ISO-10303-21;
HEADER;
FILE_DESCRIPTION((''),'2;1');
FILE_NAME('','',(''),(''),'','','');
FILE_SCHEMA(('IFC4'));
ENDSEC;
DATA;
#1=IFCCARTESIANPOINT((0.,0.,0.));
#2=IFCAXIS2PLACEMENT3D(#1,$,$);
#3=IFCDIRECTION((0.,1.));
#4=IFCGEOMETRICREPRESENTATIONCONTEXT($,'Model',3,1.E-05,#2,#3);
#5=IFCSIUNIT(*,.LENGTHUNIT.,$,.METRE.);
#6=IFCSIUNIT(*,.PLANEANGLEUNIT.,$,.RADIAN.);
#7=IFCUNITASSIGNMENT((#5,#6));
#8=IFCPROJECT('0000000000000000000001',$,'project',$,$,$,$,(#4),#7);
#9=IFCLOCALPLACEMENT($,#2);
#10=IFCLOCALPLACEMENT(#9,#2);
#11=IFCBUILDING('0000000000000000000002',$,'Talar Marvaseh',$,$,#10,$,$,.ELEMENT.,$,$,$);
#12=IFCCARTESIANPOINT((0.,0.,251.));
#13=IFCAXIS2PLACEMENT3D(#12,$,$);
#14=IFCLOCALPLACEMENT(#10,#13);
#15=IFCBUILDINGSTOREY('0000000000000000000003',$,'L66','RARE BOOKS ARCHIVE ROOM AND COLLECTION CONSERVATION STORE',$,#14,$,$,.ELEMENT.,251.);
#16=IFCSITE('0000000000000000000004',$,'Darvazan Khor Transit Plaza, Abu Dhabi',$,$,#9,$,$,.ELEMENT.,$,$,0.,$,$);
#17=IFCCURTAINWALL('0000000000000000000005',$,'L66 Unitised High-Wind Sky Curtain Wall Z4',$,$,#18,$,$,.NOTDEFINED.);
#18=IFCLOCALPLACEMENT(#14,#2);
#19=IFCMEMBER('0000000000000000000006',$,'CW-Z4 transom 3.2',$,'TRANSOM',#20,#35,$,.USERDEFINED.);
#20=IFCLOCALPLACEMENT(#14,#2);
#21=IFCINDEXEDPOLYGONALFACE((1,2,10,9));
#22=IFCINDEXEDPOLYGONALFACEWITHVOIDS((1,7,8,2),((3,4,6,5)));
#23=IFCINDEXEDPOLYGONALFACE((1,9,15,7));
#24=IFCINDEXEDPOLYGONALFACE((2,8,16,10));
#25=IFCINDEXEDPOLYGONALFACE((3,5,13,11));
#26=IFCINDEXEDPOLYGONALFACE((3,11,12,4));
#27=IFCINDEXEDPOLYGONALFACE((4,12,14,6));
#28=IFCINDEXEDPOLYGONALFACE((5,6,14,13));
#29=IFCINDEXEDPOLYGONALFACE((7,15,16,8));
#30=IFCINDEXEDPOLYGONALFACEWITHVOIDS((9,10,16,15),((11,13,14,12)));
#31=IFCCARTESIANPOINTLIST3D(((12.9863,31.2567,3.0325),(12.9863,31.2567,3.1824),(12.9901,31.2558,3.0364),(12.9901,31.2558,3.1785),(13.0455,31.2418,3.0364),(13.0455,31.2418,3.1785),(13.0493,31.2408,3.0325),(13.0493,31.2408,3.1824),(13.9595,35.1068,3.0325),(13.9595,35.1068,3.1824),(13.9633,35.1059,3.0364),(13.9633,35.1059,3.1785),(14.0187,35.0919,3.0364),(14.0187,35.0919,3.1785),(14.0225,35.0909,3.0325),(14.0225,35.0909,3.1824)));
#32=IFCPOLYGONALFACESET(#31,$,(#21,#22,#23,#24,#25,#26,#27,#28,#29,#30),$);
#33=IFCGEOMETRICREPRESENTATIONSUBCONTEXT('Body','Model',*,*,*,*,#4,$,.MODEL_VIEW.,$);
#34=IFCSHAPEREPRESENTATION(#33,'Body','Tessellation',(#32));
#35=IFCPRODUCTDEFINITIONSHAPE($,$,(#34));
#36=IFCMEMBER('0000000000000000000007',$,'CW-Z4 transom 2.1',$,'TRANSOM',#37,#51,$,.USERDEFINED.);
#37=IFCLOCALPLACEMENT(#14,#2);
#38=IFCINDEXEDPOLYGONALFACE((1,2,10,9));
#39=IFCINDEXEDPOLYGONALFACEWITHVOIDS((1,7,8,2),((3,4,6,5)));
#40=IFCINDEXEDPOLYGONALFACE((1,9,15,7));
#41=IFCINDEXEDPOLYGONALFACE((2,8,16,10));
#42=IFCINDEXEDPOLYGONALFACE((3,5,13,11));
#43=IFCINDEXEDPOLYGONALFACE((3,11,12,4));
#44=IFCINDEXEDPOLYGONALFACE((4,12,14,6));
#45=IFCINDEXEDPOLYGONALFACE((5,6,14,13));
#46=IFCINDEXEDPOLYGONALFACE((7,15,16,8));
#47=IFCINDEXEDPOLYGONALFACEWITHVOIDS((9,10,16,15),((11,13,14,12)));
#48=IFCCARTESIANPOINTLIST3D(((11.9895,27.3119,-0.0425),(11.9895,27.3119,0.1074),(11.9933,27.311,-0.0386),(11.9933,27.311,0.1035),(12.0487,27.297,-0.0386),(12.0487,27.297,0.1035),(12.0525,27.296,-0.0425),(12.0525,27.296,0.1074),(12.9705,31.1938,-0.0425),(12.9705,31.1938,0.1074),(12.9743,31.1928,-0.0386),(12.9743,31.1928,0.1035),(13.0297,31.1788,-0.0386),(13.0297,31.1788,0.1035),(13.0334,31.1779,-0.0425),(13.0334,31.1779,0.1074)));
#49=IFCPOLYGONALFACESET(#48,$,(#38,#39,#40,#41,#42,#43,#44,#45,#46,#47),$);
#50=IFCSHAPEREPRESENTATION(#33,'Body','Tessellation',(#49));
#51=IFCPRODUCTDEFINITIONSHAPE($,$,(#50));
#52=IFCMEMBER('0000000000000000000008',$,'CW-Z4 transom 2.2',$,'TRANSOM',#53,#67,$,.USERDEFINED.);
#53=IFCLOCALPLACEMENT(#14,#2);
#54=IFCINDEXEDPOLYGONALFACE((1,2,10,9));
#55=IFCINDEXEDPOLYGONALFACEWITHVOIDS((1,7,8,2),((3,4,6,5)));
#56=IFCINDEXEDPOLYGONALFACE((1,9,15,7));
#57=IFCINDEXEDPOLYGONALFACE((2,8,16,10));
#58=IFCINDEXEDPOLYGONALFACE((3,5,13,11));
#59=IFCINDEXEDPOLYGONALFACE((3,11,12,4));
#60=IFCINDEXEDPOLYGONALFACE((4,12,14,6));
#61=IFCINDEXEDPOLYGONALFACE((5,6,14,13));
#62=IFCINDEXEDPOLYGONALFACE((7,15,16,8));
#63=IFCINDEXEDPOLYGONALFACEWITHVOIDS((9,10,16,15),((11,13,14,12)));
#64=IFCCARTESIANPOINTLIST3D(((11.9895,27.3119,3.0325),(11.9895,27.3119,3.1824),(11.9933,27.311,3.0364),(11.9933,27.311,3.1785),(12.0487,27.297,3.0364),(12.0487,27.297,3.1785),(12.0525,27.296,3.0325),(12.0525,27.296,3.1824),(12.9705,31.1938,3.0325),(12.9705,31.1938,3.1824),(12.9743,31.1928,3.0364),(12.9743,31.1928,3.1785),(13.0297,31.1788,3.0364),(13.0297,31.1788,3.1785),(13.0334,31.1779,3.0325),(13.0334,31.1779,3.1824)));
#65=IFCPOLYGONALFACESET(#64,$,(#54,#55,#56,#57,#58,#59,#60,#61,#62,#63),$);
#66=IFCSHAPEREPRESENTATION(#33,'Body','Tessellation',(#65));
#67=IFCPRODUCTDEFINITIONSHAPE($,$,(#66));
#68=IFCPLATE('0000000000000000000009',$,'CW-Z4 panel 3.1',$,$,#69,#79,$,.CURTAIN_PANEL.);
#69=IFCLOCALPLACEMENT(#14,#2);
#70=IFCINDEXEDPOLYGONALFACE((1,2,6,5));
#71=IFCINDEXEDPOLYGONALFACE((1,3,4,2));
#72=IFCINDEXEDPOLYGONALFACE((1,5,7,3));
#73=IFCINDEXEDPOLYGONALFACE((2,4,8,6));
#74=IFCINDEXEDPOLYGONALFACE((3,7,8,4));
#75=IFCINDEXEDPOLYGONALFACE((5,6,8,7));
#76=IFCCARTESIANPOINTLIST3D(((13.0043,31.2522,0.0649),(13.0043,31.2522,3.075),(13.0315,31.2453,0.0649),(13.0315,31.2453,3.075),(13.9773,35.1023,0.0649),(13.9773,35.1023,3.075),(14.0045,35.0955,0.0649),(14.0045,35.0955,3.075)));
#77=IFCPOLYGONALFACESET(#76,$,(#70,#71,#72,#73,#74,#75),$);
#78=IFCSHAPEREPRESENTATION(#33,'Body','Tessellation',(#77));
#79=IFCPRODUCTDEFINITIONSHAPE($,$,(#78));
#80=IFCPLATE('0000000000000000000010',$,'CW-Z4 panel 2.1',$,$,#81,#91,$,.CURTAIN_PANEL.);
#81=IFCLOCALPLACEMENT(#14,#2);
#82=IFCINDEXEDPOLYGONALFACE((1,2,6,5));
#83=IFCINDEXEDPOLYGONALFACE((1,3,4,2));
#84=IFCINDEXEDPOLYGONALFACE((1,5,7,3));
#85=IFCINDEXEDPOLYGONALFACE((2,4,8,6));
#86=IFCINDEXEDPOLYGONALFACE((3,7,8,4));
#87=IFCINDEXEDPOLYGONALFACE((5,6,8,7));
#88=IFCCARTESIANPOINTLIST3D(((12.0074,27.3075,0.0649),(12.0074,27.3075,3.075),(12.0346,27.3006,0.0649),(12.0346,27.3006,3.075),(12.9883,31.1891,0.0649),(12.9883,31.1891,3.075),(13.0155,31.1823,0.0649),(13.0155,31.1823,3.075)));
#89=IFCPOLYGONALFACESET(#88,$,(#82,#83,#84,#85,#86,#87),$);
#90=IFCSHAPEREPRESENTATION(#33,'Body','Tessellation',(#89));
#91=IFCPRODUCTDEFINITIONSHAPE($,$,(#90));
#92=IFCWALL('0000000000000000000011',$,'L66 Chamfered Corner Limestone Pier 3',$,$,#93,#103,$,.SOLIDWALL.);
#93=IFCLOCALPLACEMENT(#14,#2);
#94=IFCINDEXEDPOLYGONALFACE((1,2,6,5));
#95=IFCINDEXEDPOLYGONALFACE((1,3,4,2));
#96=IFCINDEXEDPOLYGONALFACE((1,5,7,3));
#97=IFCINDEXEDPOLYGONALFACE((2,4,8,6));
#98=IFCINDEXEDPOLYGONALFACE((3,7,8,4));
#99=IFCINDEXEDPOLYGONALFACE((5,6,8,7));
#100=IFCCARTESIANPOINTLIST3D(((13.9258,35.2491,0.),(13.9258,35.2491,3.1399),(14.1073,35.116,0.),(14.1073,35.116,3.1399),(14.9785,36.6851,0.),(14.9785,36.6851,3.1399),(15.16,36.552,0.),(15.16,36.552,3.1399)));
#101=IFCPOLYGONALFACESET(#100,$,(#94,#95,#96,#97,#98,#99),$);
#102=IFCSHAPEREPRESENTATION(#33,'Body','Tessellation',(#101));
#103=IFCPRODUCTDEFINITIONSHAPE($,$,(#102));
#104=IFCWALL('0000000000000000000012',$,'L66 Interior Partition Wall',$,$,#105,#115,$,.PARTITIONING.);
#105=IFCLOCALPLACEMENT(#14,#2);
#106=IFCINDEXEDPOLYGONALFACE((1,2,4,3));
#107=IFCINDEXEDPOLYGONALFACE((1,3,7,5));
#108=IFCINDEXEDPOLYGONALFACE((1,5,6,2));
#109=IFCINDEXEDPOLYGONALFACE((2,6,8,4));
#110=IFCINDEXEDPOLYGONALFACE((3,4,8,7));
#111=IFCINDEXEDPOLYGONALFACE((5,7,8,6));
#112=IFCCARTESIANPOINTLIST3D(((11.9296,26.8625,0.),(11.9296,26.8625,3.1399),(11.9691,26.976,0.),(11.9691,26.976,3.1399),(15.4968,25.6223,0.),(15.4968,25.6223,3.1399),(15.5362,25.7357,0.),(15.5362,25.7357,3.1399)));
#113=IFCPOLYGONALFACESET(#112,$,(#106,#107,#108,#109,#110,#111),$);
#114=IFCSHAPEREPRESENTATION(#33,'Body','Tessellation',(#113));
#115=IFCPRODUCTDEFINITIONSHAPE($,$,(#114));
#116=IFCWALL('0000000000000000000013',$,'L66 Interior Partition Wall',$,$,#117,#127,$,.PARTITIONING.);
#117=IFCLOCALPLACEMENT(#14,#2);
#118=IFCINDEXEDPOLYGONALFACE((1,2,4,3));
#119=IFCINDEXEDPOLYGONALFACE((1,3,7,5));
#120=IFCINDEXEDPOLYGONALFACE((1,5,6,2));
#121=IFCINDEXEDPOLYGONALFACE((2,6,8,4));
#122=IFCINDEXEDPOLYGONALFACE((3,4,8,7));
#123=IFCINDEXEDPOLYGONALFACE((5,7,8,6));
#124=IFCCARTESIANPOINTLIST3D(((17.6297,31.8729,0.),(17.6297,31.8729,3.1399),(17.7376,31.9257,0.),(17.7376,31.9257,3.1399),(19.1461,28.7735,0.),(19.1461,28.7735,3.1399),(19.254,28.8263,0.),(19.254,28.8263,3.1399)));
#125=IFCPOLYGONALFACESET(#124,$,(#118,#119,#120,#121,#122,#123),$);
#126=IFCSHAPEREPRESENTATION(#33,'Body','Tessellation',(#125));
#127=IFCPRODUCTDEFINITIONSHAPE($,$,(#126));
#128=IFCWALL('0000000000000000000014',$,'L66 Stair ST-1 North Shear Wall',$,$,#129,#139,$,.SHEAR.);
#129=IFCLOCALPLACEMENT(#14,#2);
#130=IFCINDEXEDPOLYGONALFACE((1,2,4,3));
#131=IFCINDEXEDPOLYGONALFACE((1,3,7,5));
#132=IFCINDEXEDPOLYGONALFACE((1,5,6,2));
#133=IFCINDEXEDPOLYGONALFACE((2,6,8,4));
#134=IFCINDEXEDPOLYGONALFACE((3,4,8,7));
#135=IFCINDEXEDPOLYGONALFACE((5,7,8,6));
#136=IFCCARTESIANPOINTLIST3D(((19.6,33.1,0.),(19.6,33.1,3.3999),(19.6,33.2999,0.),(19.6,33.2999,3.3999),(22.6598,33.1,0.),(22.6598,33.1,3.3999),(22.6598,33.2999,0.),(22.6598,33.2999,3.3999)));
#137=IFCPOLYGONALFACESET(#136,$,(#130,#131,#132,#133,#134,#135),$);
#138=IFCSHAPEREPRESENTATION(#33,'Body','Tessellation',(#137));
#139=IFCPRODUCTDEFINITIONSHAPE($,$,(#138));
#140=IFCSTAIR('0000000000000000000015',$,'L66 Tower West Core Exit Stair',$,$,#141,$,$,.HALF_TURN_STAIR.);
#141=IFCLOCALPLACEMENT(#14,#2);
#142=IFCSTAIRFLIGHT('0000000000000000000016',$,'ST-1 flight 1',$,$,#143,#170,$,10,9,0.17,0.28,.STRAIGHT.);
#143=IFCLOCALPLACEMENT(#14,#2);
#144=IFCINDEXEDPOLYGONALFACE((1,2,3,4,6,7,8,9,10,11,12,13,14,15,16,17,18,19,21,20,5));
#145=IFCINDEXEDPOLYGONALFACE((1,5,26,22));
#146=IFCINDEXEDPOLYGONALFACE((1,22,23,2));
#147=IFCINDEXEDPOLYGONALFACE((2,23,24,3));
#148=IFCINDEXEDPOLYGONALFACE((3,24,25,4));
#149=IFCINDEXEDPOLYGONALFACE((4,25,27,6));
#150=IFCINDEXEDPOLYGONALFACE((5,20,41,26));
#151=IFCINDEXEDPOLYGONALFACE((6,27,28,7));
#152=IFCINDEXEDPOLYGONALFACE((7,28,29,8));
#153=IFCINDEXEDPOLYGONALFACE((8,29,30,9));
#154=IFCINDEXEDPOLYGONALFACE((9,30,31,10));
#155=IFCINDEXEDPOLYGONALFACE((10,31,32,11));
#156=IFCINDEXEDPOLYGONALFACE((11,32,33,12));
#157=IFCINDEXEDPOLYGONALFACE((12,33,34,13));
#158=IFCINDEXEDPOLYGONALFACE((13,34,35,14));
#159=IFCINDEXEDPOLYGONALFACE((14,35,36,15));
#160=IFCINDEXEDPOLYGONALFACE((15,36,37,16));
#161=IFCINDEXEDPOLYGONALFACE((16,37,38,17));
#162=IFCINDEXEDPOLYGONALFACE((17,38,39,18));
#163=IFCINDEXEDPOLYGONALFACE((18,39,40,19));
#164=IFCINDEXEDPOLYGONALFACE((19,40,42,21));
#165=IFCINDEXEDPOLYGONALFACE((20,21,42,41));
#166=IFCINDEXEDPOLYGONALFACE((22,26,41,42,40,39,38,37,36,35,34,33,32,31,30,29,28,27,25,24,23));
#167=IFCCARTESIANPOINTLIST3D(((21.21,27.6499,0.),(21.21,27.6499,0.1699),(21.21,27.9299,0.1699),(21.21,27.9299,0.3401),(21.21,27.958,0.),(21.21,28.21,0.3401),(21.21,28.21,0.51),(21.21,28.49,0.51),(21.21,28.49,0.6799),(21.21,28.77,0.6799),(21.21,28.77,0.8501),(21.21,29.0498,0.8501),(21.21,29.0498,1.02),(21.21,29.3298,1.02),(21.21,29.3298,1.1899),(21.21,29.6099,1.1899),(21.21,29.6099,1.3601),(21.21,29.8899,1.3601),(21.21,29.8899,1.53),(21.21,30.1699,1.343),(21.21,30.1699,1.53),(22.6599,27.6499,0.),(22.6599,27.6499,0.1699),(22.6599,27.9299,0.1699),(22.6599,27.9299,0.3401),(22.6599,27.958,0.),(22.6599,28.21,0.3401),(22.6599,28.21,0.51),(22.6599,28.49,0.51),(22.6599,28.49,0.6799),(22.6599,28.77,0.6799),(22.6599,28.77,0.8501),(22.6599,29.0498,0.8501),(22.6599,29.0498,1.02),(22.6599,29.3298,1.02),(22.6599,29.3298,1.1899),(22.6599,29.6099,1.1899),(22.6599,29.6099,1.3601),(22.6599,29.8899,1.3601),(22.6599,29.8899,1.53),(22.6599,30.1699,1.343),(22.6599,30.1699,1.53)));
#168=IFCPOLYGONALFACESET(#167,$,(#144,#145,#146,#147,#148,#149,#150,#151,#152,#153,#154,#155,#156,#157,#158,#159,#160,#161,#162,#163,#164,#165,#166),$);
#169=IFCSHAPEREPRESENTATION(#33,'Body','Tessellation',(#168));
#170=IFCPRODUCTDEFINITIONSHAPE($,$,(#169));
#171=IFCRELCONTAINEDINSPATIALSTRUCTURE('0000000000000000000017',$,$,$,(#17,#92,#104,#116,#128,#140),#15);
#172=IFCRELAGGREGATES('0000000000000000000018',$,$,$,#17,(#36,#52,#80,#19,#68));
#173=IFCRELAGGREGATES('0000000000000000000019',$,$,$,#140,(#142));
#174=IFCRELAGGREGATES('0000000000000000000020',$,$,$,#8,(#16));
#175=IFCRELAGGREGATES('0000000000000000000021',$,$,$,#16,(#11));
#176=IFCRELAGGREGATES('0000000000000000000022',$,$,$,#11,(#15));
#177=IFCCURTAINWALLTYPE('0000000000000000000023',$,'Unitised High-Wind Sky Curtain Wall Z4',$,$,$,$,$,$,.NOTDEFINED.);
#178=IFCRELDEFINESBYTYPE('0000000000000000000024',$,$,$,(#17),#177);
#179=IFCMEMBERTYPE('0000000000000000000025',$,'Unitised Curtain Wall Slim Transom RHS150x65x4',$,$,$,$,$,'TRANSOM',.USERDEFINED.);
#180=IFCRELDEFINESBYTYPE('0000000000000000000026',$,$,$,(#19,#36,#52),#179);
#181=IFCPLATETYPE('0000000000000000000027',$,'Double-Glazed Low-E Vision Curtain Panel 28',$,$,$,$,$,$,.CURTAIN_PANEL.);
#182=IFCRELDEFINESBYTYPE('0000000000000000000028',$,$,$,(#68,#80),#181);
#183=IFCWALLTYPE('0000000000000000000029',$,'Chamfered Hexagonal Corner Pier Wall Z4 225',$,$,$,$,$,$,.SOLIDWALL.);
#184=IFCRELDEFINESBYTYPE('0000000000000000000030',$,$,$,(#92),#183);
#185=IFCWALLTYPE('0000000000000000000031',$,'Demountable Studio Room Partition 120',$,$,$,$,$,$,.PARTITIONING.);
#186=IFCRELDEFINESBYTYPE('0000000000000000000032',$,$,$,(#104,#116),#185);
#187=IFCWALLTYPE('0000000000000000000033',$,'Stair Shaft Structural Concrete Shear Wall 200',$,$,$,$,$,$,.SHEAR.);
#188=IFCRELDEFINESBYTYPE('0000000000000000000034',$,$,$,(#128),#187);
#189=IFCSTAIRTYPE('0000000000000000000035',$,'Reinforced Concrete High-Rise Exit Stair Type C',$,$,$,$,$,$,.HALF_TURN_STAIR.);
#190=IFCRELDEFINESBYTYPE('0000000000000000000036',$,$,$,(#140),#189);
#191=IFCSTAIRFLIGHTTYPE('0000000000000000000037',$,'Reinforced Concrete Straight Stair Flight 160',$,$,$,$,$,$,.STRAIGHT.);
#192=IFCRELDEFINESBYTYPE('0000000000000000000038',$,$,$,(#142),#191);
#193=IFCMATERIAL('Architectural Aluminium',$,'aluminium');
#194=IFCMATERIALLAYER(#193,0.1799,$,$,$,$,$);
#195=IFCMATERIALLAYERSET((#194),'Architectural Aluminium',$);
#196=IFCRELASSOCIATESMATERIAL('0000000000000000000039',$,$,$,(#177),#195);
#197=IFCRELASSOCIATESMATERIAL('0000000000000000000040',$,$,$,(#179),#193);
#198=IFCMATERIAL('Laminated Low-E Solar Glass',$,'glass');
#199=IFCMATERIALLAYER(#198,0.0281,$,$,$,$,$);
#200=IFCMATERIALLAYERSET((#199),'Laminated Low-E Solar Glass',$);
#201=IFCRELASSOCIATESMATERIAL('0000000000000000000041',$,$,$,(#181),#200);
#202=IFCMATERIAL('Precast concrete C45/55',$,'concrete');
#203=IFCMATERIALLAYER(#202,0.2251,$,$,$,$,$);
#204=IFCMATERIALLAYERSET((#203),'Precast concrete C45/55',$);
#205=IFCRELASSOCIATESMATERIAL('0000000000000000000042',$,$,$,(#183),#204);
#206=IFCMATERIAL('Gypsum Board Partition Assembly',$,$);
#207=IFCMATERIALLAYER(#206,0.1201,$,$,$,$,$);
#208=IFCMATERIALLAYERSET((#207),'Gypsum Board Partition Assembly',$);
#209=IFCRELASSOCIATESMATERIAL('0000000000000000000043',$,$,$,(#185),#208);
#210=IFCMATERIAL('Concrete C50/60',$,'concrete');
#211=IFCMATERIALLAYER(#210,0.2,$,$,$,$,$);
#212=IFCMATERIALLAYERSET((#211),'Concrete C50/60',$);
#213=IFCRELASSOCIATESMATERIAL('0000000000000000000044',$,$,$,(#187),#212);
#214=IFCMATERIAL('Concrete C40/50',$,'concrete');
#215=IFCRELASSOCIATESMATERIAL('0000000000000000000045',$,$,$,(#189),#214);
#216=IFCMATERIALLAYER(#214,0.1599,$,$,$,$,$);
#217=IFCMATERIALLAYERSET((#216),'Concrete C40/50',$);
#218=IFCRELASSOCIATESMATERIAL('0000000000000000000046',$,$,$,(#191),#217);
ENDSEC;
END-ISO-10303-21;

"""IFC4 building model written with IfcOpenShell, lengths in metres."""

from ifc_helpers import new_model, si_unit, direction, frame, frame_2d, origin, origin_2d, place, context, subcontext, project, spatial, polyline, rectangle, hollow_rectangle, outline, extrude, source, transform, mapped, material, layer, layer_set, material_profile, profile_set, type_object, type_shapes, element, aggregate, save


model = new_model("IFC4")

# Units and contexts
model_context = context("Model", 3, precision=1e-05, world=origin(), true_north=direction((0.0, 1.0)))
body_context = subcontext(model_context, "Body", "Model", "MODEL_VIEW")
ifc_project = project(units=[si_unit("LENGTHUNIT", "METRE"), si_unit("PLANEANGLEUNIT", "RADIAN")], contexts=[model_context])

# Site, building, storey
site_placement = place(None, origin())
site = spatial("IfcSite", under=ifc_project, at=site_placement, Name="Darvazan Khor Transit Plaza, Abu Dhabi", CompositionType="ELEMENT", RefElevation=0.0)
building_placement = place(site_placement, origin())
building = spatial("IfcBuilding", under=site, at=building_placement, Name="Talar Marvaseh", CompositionType="ELEMENT")
storey_placement = place(building_placement, frame((0.0, 0.0, 251.0)))
storey = spatial("IfcBuildingStorey", under=building, at=storey_placement, Name="L66", Description="RARE BOOKS ARCHIVE ROOM AND COLLECTION CONSERVATION STORE", CompositionType="ELEMENT", Elevation=251.0)

# Shared definitions
ifc_material_1 = material(Name="Concrete C50/60", Category="concrete")

# Curtain wall, members, plates
ifc_material_2 = material(Name="Architectural Aluminium", Category="aluminium")
ifc_layer_1 = layer(ifc_material_2, 0.1799)
ifc_layer_set_1 = layer_set([ifc_layer_1], Name="Architectural Aluminium")
curtain_wall_type = type_object("IfcCurtainWallType", Name="Unitised High-Wind Sky Curtain Wall Z4", PredefinedType="NOTDEFINED", material=ifc_layer_set_1)
curtain_wall_placement = place(storey_placement, origin())
curtain_wall = element("IfcCurtainWall", 1, at=curtain_wall_placement, inside=storey, type_object=curtain_wall_type, Name="L66 Unitised High-Wind Sky Curtain Wall Z4", PredefinedType="NOTDEFINED")
ifc_material_profile_1 = material_profile(ifc_material_2, hollow_rectangle(XDim=0.0649, YDim=0.1499, WallThickness=0.0039, at=origin_2d()), Name="RHS150x65x4")
ifc_profile_set_1 = profile_set([ifc_material_profile_1], Name="Architectural Aluminium")
member_type_1 = type_object("IfcMemberType", Name="Unitised Curtain Wall Slim Transom RHS150x65x4", ElementType="TRANSOM", PredefinedType="USERDEFINED", material=ifc_profile_set_1)
shared_shape_1 = source(origin(), body_context, "Body", "SweptSolid", [
    extrude(hollow_rectangle(XDim=0.0649, YDim=0.1499, WallThickness=0.0039, at=origin_2d()), origin(), (0.0, 0.0, 1.0), 3.9712),
])
member_1_placement = place(storey_placement, frame((13.0178, 31.2488, 3.1074), z_axis=(0.245052, 0.96951, 0.0), x_axis=(-0.96951, 0.245052, 0.0)))
member_1 = element("IfcMember", 2, at=member_1_placement, type_object=member_type_1, Name="CW-Z4 transom 3.2", ObjectType="TRANSOM", PredefinedType="USERDEFINED", context=body_context, shape_type="MappedRepresentation", body=[
    mapped(shared_shape_1, transform((0.0, 0.0, 0.0), x_axis=(1.0, 0.0, 0.0), y_axis=(0.0, 1.0, 0.0), z_axis=(0.0, 0.0, 1.0), scale=1.0)),
])
shared_shape_2 = source(origin(), body_context, "Body", "SweptSolid", [
    extrude(hollow_rectangle(XDim=0.0649, YDim=0.1499, WallThickness=0.0039, at=origin_2d()), origin(), (0.0, 0.0, 1.0), 4.0039),
])
type_shapes(member_type_1, [shared_shape_1, shared_shape_2])
member_2_placement = place(storey_placement, frame((12.021, 27.304, 0.0325), z_axis=(0.245003, 0.969522, 0.0), x_axis=(-0.969522, 0.245003, 0.0)))
member_2 = element("IfcMember", 3, at=member_2_placement, type_object=member_type_1, Name="CW-Z4 transom 2.1", ObjectType="TRANSOM", PredefinedType="USERDEFINED", context=body_context, shape_type="MappedRepresentation", body=[
    mapped(shared_shape_2, transform((0.0, 0.0, 0.0), x_axis=(1.0, 0.0, 0.0), y_axis=(0.0, 1.0, 0.0), z_axis=(0.0, 0.0, 1.0), scale=1.0)),
])
member_3_placement = place(storey_placement, frame((12.021, 27.304, 3.1074), z_axis=(0.245003, 0.969522, 0.0), x_axis=(-0.969522, 0.245003, 0.0)))
member_3 = element("IfcMember", 4, at=member_3_placement, type_object=member_type_1, Name="CW-Z4 transom 2.2", ObjectType="TRANSOM", PredefinedType="USERDEFINED", context=body_context, shape_type="MappedRepresentation", body=[
    mapped(shared_shape_2, transform((0.0, 0.0, 0.0), x_axis=(1.0, 0.0, 0.0), y_axis=(0.0, 1.0, 0.0), z_axis=(0.0, 0.0, 1.0), scale=1.0)),
])
ifc_material_3 = material(Name="Laminated Low-E Solar Glass", Category="glass")
ifc_layer_2 = layer(ifc_material_3, 0.0281)
ifc_layer_set_2 = layer_set([ifc_layer_2], Name="Laminated Low-E Solar Glass")
plate_type = type_object("IfcPlateType", Name="Double-Glazed Low-E Vision Curtain Panel 28", PredefinedType="CURTAIN_PANEL", material=ifc_layer_set_2)
shared_shape_3 = source(origin(), body_context, "Body", "SweptSolid", [
    extrude(rectangle(XDim=3.9712, YDim=0.0281, at=origin_2d()), origin(), (0.0, 0.0, 1.0), 3.01),
])
plate_1_placement = place(storey_placement, frame((13.5044, 33.1738, 0.0649), z_axis=(0.0, 0.0, 1.0), x_axis=(0.245002, 0.969523, 0.0)))
plate_1 = element("IfcPlate", 5, at=plate_1_placement, type_object=plate_type, Name="CW-Z4 panel 3.1", PredefinedType="CURTAIN_PANEL", context=body_context, shape_type="MappedRepresentation", body=[
    mapped(shared_shape_3, transform((0.0, 0.0, 0.0), x_axis=(1.0, 0.0, 0.0), y_axis=(0.0, 1.0, 0.0), z_axis=(0.0, 0.0, 1.0), scale=1.0)),
])
shared_shape_4 = source(origin(), body_context, "Body", "SweptSolid", [
    extrude(rectangle(XDim=4.0037, YDim=0.0281, at=origin_2d()), origin(), (0.0, 0.0, 1.0), 3.01),
])
type_shapes(plate_type, [shared_shape_3, shared_shape_4])
plate_2_placement = place(storey_placement, frame((12.5115, 29.2449, 0.0649), z_axis=(0.0, 0.0, 1.0), x_axis=(0.245002, 0.969523, 0.0)))
plate_2 = element("IfcPlate", 6, at=plate_2_placement, type_object=plate_type, Name="CW-Z4 panel 2.1", PredefinedType="CURTAIN_PANEL", context=body_context, shape_type="MappedRepresentation", body=[
    mapped(shared_shape_4, transform((0.0, 0.0, 0.0), x_axis=(1.0, 0.0, 0.0), y_axis=(0.0, 1.0, 0.0), z_axis=(0.0, 0.0, 1.0), scale=1.0)),
])
aggregate(curtain_wall, [member_2, member_3, plate_2, member_1, plate_1])

# Walls
ifc_material_4 = material(Name="Precast concrete C45/55", Category="concrete")
ifc_layer_3 = layer(ifc_material_4, 0.2251)
ifc_layer_set_3 = layer_set([ifc_layer_3], Name="Precast concrete C45/55")
wall_type_1 = type_object("IfcWallType", Name="Chamfered Hexagonal Corner Pier Wall Z4 225", PredefinedType="SOLIDWALL", material=ifc_layer_set_3)
wall_1_placement = place(storey_placement, frame((14.0166, 35.1826, 0.0), z_axis=(0.0, 0.0, 1.0), x_axis=(0.591233, 0.806501, 0.0)))
element("IfcWall", 7, at=wall_1_placement, inside=storey, type_object=wall_type_1, Name="L66 Chamfered Corner Limestone Pier 3", PredefinedType="SOLIDWALL", context=body_context, shape_type="SweptSolid", body=[
    extrude(rectangle(XDim=1.7805, YDim=0.2251, at=frame_2d((0.8901, 0.0))), origin(), (0.0, 0.0, 1.0), 3.1399),
])
ifc_material_5 = material(Name="Gypsum Board Partition Assembly")
ifc_layer_4 = layer(ifc_material_5, 0.1201)
ifc_layer_set_4 = layer_set([ifc_layer_4], Name="Gypsum Board Partition Assembly")
wall_type_2 = type_object("IfcWallType", Name="Demountable Studio Room Partition 120", PredefinedType="PARTITIONING", material=ifc_layer_set_4)
wall_2_placement = place(storey_placement, frame((11.9495, 26.9192, 0.0), z_axis=(0.0, 0.0, 1.0), x_axis=(0.944539, -0.3284, 0.0)))
element("IfcWall", 8, at=wall_2_placement, inside=storey, type_object=wall_type_2, Name="L66 Interior Partition Wall", PredefinedType="PARTITIONING", context=body_context, shape_type="SweptSolid", body=[
    extrude(rectangle(XDim=3.7766, YDim=0.1201, at=frame_2d((1.8882, 0.0))), origin(), (0.0, 0.0, 1.0), 3.1399),
])
wall_3_placement = place(storey_placement, frame((19.2, 28.8, 0.0), z_axis=(0.0, 0.0, 1.0), x_axis=(-0.43947, 0.898257, 0.0)))
element("IfcWall", 9, at=wall_3_placement, inside=storey, type_object=wall_type_2, Name="L66 Interior Partition Wall", PredefinedType="PARTITIONING", context=body_context, shape_type="SweptSolid", body=[
    extrude(rectangle(XDim=3.4504, YDim=0.1201, at=frame_2d((1.7251, 0.0))), origin(), (0.0, 0.0, 1.0), 3.1399),
])
ifc_layer_5 = layer(ifc_material_1, 0.2)
ifc_layer_set_5 = layer_set([ifc_layer_5], Name="Concrete C50/60")
wall_type_3 = type_object("IfcWallType", Name="Stair Shaft Structural Concrete Shear Wall 200", PredefinedType="SHEAR", material=ifc_layer_set_5)
wall_4_placement = place(storey_placement, frame((19.6001, 33.2, 0.0), z_axis=(0.0, 0.0, 1.0), x_axis=(1.0, 0.0, 0.0)))
element("IfcWall", 10, at=wall_4_placement, inside=storey, type_object=wall_type_3, Name="L66 Stair ST-1 North Shear Wall", PredefinedType="SHEAR", context=body_context, shape_type="SweptSolid", body=[
    extrude(rectangle(XDim=3.0598, YDim=0.2, at=frame_2d((1.5298, 0.0))), origin(), (0.0, 0.0, 1.0), 3.3999),
])

# Stair, stair flight
ifc_material_6 = material(Name="Concrete C40/50", Category="concrete")
stair_type = type_object("IfcStairType", Name="Reinforced Concrete High-Rise Exit Stair Type C", PredefinedType="HALF_TURN_STAIR", material=ifc_material_6)
stair_placement = place(storey_placement, origin())
stair = element("IfcStair", 11, at=stair_placement, inside=storey, type_object=stair_type, Name="L66 Tower West Core Exit Stair", PredefinedType="HALF_TURN_STAIR")
ifc_layer_6 = layer(ifc_material_6, 0.1599)
ifc_layer_set_6 = layer_set([ifc_layer_6], Name="Concrete C40/50")
stair_flight_type = type_object("IfcStairFlightType", Name="Reinforced Concrete Straight Stair Flight 160", PredefinedType="STRAIGHT", material=ifc_layer_set_6)
stair_flight_1_placement = place(storey_placement, frame((21.9351, 27.6499, 0.0), z_axis=(0.0, 0.0, 1.0), x_axis=(0.0, 1.0, 0.0)))
stair_flight_1 = element("IfcStairFlight", 12, at=stair_flight_1_placement, type_object=stair_flight_type, Name="ST-1 flight 1", NumberOfRisers=10, NumberOfTreads=9, PredefinedType="STRAIGHT", RiserHeight=0.17, TreadLength=0.28, context=body_context, shape_type="SweptSolid", body=[
    extrude(outline(polyline([(0.0, 0.0), (0.0, 0.1699), (0.28, 0.1699), (0.28, 0.3401), (0.5601, 0.3401), (0.5601, 0.51), (0.8401, 0.51), (0.8401, 0.6799), (1.1201, 0.6799), (1.1201, 0.8501), (1.3999, 0.8501), (1.3999, 1.02), (1.6799, 1.02), (1.6799, 1.1899), (1.96, 1.1899), (1.96, 1.3601), (2.24, 1.3601), (2.24, 1.53), (2.52, 1.53), (2.52, 1.7), (2.52, 1.343), (0.3081, 0.0), (0.0, 0.0)])), frame((0.0, 0.7251, 0.0), z_axis=(0.0, -1.0, 0.0), x_axis=(1.0, 0.0, 0.0)), (0.0, 0.0, 1.0), 1.45),
])
aggregate(stair, [stair_flight_1])

save(model, "model.ifc")
